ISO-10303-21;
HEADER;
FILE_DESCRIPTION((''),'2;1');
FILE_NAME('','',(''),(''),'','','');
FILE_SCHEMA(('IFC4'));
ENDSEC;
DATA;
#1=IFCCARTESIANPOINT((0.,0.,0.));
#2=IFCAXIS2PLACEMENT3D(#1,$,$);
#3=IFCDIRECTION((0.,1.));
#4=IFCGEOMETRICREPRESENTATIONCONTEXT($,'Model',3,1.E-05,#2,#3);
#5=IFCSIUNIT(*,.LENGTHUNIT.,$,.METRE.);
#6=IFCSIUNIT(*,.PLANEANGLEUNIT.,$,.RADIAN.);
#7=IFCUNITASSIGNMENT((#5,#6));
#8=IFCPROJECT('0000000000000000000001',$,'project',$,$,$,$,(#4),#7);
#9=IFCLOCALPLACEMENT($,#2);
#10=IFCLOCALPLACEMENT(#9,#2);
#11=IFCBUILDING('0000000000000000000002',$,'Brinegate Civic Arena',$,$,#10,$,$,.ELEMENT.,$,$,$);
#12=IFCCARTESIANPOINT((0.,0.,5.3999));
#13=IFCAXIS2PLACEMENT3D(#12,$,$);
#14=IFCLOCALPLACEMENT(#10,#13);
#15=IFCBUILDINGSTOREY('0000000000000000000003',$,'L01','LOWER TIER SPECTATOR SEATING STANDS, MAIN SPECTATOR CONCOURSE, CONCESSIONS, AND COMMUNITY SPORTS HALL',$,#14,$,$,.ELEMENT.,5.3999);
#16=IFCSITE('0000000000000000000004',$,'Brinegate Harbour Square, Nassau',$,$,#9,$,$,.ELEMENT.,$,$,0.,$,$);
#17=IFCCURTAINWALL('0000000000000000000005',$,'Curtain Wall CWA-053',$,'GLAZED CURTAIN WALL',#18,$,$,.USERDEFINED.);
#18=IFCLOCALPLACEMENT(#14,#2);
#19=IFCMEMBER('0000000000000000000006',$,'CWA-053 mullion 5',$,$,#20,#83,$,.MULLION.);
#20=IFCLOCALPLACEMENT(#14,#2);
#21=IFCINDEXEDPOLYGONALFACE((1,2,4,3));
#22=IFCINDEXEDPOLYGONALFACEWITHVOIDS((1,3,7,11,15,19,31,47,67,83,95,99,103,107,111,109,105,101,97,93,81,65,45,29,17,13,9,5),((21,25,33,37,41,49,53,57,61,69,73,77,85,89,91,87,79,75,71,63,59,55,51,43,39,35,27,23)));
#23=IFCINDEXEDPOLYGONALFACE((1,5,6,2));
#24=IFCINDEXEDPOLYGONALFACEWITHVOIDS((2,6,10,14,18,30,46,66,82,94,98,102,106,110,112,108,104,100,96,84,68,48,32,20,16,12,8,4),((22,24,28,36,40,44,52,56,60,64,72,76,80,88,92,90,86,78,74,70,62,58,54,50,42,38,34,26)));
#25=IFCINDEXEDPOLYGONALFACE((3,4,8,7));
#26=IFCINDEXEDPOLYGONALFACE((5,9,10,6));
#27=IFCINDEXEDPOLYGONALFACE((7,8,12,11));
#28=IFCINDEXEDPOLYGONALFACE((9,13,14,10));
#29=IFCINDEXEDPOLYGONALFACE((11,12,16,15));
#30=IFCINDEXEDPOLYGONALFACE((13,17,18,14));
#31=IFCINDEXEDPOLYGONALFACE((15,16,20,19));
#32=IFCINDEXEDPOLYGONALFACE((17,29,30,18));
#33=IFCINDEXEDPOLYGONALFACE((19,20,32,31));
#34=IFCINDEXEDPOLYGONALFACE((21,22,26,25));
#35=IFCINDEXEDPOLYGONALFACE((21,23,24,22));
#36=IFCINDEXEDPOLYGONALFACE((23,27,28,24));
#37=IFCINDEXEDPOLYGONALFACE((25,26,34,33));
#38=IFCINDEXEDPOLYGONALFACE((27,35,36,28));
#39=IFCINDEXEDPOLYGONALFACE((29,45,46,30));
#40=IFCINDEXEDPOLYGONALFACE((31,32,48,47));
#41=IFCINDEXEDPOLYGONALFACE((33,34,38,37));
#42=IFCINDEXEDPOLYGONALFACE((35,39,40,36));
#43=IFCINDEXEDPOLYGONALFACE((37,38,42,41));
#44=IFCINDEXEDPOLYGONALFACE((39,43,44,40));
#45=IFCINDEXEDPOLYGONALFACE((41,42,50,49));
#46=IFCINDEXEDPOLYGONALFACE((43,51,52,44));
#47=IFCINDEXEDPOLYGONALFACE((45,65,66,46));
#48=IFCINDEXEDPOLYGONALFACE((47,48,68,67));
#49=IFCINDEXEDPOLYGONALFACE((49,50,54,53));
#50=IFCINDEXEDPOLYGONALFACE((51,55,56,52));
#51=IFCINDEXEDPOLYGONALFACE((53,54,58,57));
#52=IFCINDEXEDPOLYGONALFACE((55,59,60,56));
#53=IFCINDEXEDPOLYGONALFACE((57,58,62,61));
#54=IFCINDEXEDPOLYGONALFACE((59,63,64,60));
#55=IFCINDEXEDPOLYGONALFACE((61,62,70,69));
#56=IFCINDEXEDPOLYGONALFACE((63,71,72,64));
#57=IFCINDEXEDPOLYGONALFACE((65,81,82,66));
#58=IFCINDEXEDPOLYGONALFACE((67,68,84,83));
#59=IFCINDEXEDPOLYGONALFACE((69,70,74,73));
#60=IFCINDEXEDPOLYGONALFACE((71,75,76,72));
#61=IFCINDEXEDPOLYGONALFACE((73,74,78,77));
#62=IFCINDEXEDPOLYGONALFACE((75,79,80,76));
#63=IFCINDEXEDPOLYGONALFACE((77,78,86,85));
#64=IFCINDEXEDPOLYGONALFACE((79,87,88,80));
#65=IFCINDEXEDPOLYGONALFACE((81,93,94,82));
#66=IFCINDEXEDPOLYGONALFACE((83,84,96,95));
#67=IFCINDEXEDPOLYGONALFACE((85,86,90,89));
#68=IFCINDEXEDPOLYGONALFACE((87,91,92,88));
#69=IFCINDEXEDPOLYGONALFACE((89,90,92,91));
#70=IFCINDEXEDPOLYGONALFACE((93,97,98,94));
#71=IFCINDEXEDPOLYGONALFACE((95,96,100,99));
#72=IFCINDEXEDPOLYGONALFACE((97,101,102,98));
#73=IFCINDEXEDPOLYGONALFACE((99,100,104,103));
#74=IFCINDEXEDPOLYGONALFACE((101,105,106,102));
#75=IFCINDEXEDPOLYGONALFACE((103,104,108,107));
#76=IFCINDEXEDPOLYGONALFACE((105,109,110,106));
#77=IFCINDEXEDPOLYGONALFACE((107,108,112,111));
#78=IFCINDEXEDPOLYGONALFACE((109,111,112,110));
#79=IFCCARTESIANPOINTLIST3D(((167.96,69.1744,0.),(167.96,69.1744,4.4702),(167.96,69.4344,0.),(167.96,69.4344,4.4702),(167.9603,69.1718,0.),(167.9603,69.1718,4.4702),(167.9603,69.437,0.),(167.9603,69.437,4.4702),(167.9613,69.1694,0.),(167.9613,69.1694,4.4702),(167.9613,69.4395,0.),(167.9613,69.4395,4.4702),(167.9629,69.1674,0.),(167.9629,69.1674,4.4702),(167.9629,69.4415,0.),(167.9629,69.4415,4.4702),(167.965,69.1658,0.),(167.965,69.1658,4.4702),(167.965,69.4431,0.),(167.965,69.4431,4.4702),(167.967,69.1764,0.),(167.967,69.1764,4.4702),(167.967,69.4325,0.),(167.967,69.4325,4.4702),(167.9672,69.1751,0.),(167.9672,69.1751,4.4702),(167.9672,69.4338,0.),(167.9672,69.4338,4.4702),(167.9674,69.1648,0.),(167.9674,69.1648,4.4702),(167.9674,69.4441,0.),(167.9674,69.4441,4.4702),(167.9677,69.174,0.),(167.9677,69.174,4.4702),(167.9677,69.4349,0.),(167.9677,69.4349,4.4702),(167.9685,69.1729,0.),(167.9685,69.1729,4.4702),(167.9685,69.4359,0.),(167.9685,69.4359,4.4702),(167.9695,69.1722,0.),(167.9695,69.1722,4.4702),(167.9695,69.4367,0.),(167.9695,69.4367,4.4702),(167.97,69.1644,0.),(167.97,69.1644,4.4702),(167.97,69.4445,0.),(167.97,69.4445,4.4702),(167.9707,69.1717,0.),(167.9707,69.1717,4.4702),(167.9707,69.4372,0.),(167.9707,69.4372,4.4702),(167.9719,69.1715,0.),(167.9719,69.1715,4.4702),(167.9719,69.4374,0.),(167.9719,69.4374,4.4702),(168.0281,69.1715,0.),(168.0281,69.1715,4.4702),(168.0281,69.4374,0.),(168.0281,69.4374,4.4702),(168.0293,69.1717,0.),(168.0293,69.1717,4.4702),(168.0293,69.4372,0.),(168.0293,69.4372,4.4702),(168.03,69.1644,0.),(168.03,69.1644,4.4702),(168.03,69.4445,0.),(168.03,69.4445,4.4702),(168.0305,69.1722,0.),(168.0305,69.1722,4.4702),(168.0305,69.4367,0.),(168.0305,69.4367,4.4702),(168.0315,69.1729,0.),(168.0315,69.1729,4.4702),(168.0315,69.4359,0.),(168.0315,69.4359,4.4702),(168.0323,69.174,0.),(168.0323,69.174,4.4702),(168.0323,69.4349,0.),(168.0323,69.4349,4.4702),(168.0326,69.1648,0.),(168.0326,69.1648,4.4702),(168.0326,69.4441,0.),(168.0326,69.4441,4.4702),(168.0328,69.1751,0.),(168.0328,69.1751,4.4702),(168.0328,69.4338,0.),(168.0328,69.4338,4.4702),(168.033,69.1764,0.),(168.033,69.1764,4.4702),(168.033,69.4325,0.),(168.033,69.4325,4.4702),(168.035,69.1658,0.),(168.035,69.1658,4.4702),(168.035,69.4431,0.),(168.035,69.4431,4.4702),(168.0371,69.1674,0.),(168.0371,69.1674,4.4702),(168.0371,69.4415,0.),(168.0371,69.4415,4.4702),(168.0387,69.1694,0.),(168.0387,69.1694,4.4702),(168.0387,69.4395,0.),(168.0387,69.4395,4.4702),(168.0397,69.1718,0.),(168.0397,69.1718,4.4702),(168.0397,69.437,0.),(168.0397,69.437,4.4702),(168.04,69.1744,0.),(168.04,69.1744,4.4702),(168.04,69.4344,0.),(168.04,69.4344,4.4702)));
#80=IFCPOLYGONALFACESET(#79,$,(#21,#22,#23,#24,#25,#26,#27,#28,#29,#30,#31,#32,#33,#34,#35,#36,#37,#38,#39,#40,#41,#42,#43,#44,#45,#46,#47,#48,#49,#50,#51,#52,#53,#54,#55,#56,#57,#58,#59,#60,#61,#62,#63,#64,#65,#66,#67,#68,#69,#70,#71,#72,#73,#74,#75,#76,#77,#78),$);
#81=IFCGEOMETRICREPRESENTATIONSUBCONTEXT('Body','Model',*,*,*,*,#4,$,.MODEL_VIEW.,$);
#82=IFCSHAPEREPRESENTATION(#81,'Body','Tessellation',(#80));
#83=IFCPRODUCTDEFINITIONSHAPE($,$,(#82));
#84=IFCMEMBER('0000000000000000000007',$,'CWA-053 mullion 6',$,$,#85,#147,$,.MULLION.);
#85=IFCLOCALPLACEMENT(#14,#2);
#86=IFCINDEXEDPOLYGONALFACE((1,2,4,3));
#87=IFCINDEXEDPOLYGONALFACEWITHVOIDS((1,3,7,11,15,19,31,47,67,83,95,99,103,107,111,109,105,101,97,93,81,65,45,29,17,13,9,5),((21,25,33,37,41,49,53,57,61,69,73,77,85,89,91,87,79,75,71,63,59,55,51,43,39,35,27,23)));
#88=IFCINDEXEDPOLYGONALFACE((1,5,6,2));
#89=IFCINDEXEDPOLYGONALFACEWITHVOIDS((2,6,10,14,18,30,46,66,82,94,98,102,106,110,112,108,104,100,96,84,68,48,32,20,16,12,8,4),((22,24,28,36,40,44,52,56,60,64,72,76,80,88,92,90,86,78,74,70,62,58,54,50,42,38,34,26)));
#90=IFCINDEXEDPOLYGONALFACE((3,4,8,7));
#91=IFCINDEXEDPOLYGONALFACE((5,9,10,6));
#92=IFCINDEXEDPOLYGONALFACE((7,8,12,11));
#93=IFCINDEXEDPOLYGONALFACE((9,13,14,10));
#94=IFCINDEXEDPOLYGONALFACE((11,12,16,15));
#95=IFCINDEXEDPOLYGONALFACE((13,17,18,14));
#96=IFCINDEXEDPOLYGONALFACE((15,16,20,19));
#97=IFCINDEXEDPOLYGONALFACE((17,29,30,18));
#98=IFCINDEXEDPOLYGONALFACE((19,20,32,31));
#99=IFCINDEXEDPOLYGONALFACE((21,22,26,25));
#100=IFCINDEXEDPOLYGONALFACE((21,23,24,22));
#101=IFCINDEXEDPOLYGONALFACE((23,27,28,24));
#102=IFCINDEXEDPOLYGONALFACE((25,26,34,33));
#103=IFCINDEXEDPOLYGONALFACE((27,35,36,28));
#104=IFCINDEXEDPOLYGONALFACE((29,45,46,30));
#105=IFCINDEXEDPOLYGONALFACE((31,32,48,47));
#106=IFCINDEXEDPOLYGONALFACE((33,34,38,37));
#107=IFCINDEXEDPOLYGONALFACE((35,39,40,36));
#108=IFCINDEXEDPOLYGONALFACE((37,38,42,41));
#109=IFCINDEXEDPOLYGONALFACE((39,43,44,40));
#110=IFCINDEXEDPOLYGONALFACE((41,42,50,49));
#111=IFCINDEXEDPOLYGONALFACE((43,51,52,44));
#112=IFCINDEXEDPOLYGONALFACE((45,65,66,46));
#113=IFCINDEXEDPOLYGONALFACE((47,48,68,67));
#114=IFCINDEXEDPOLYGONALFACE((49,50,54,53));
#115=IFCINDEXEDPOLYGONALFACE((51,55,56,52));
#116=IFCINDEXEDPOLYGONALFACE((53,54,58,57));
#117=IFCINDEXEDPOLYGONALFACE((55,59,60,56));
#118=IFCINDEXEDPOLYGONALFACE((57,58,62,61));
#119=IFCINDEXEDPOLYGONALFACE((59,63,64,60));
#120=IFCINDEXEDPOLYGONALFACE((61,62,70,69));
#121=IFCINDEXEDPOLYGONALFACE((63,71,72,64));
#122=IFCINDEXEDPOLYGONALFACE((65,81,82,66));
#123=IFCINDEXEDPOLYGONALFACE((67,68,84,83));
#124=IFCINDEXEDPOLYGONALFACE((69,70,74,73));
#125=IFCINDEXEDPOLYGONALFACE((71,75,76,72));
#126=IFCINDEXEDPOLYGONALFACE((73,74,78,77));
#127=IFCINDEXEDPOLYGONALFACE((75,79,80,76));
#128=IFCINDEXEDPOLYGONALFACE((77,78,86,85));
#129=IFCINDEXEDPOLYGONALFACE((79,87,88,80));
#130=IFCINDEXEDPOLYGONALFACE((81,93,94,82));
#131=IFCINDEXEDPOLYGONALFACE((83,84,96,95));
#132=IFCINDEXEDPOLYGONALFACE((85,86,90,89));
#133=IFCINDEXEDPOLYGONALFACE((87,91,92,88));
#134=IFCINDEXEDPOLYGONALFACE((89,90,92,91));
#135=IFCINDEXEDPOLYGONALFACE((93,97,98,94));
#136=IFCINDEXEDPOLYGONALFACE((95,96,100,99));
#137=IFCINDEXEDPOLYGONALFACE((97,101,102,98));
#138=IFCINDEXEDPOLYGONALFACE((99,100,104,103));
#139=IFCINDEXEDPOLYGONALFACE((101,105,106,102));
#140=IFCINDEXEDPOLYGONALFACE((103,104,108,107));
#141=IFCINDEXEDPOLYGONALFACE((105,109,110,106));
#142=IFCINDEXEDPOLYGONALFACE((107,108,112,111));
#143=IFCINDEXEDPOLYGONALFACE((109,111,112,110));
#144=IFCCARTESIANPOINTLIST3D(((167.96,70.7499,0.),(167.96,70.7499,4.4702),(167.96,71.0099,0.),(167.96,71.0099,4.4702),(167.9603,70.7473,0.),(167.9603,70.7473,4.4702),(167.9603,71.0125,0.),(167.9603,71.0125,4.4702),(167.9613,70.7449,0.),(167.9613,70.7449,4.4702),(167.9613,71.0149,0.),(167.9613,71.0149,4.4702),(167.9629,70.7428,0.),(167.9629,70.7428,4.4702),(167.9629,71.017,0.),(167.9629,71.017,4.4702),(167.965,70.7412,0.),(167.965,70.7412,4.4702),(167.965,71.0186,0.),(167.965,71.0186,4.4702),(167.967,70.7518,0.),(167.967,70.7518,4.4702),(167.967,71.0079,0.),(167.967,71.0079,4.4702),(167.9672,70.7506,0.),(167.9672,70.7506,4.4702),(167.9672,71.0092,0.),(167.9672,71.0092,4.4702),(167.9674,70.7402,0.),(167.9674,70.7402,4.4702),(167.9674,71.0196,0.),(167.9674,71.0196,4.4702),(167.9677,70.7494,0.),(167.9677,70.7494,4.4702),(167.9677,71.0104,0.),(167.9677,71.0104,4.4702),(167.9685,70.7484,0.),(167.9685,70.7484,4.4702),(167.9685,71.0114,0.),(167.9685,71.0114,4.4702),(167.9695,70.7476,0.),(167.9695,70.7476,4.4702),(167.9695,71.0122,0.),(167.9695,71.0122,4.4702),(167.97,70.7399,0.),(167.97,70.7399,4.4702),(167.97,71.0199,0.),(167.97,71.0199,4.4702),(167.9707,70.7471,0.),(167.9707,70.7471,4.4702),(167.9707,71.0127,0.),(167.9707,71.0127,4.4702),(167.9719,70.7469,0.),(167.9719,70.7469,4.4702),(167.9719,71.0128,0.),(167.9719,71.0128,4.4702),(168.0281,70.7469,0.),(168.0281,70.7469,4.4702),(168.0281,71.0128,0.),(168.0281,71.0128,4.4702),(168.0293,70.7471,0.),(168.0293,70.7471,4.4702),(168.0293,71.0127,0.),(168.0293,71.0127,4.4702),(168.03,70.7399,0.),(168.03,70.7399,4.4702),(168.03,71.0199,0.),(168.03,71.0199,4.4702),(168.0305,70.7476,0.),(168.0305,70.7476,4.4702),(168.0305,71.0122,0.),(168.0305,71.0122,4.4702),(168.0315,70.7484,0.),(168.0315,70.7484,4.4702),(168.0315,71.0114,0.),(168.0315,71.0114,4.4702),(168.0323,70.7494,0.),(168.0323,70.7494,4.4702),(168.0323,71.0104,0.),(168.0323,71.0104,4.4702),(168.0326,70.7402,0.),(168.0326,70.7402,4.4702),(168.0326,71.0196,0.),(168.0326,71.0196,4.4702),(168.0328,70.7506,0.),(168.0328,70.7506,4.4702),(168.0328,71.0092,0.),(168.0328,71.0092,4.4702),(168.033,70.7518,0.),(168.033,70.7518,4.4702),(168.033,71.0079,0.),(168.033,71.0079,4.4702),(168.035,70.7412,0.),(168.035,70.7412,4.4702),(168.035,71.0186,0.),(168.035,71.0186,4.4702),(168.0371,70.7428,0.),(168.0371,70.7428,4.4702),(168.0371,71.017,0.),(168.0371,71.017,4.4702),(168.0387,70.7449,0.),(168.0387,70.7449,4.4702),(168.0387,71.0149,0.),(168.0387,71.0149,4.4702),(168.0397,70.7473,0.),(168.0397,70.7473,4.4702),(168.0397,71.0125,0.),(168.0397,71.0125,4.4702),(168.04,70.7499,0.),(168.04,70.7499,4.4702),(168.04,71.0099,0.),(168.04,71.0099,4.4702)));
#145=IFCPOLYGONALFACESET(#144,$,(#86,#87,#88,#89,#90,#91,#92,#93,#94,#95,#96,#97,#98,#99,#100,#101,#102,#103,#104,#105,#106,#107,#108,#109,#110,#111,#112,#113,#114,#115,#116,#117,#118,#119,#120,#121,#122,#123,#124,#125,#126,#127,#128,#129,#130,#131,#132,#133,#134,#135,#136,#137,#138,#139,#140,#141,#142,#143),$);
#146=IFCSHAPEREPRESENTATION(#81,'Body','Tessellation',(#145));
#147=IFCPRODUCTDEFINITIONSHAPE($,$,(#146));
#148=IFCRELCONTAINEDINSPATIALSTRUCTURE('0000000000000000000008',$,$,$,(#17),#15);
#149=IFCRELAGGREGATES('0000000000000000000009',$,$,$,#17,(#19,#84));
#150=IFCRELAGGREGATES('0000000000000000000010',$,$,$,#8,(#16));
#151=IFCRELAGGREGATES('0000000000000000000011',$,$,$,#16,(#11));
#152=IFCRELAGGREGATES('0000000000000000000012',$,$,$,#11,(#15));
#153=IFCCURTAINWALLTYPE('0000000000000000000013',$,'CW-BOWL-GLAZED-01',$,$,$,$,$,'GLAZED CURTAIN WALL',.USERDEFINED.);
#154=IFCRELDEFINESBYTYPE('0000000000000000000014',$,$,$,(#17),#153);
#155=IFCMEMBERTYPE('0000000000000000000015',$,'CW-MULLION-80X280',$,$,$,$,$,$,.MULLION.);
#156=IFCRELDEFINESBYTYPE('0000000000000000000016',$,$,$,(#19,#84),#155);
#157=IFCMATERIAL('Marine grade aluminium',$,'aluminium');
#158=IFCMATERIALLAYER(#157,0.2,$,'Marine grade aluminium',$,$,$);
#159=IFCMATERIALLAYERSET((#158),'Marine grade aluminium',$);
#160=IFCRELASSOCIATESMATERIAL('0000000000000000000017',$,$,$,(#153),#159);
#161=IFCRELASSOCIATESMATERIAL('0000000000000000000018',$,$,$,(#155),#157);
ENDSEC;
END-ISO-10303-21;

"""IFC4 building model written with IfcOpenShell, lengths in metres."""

from ifc_helpers import new_model, si_unit, direction, frame, origin, origin_2d, place, context, subcontext, project, spatial, hollow_rectangle, extrude, material, layer, layer_set, material_profile, profile_set, type_object, element, aggregate, save


model = new_model("IFC4")

# Units and contexts
model_context = context("Model", 3, precision=1e-05, world=origin(), true_north=direction((0.0, 1.0)))
body_context = subcontext(model_context, "Body", "Model", "MODEL_VIEW")
ifc_project = project(units=[si_unit("LENGTHUNIT", "METRE"), si_unit("PLANEANGLEUNIT", "RADIAN")], contexts=[model_context])

# Site, building, storey
site_placement = place(None, origin())
site = spatial("IfcSite", under=ifc_project, at=site_placement, Name="Brinegate Harbour Square, Nassau", CompositionType="ELEMENT", RefElevation=0.0)
building_placement = place(site_placement, origin())
building = spatial("IfcBuilding", under=site, at=building_placement, Name="Brinegate Civic Arena", CompositionType="ELEMENT")
storey_placement = place(building_placement, frame((0.0, 0.0, 5.3999)))
storey = spatial("IfcBuildingStorey", under=building, at=storey_placement, Name="L01", Description="LOWER TIER SPECTATOR SEATING STANDS, MAIN SPECTATOR CONCOURSE, CONCESSIONS, AND COMMUNITY SPORTS HALL", CompositionType="ELEMENT", Elevation=5.3999)

# Shared definitions
ifc_material_1 = material(Name="Marine grade aluminium", Category="aluminium")
ifc_layer_1 = layer(ifc_material_1, 0.2, Name="Marine grade aluminium")
ifc_layer_set_1 = layer_set([ifc_layer_1], Name="Marine grade aluminium")
curtain_wall_type = type_object("IfcCurtainWallType", Name="CW-BOWL-GLAZED-01", ElementType="GLAZED CURTAIN WALL", PredefinedType="USERDEFINED", material=ifc_layer_set_1)

# Curtain wall, members
curtain_wall_1_placement = place(storey_placement, origin())
curtain_wall_1 = element("IfcCurtainWall", 1, at=curtain_wall_1_placement, inside=storey, type_object=curtain_wall_type, Name="Curtain Wall CWA-053", ObjectType="GLAZED CURTAIN WALL", PredefinedType="USERDEFINED")
ifc_material_profile_1 = material_profile(ifc_material_1, hollow_rectangle(XDim=0.0801, YDim=0.28, WallThickness=0.0071, InnerFilletRadius=0.0049, OuterFilletRadius=0.01, at=origin_2d()), Name="MUL80X280")
ifc_profile_set_1 = profile_set([ifc_material_profile_1], Name="Marine grade aluminium")
member_type_1 = type_object("IfcMemberType", Name="CW-MULLION-80X280", PredefinedType="MULLION", material=ifc_profile_set_1)
member_1_placement = place(storey_placement, frame((168.0, 69.3044, 0.0), z_axis=(0.0, 0.0, 1.0), x_axis=(-1.0, 0.0, 0.0)))
member_1 = element("IfcMember", 2, at=member_1_placement, type_object=member_type_1, Name="CWA-053 mullion 5", PredefinedType="MULLION", context=body_context, shape_type="SweptSolid", body=[
    extrude(hollow_rectangle(XDim=0.0801, YDim=0.28, WallThickness=0.0071, InnerFilletRadius=0.0049, OuterFilletRadius=0.01, at=origin_2d()), origin(), (0.0, 0.0, 1.0), 4.4702),
])
member_2_placement = place(storey_placement, frame((168.0, 70.8799, 0.0), z_axis=(0.0, 0.0, 1.0), x_axis=(-1.0, 0.0, 0.0)))
member_2 = element("IfcMember", 3, at=member_2_placement, type_object=member_type_1, Name="CWA-053 mullion 6", PredefinedType="MULLION", context=body_context, shape_type="SweptSolid", body=[
    extrude(hollow_rectangle(XDim=0.0801, YDim=0.28, WallThickness=0.0071, InnerFilletRadius=0.0049, OuterFilletRadius=0.01, at=origin_2d()), origin(), (0.0, 0.0, 1.0), 4.4702),
])

aggregate(curtain_wall_1, [member_1, member_2])

save(model, "model.ifc")
